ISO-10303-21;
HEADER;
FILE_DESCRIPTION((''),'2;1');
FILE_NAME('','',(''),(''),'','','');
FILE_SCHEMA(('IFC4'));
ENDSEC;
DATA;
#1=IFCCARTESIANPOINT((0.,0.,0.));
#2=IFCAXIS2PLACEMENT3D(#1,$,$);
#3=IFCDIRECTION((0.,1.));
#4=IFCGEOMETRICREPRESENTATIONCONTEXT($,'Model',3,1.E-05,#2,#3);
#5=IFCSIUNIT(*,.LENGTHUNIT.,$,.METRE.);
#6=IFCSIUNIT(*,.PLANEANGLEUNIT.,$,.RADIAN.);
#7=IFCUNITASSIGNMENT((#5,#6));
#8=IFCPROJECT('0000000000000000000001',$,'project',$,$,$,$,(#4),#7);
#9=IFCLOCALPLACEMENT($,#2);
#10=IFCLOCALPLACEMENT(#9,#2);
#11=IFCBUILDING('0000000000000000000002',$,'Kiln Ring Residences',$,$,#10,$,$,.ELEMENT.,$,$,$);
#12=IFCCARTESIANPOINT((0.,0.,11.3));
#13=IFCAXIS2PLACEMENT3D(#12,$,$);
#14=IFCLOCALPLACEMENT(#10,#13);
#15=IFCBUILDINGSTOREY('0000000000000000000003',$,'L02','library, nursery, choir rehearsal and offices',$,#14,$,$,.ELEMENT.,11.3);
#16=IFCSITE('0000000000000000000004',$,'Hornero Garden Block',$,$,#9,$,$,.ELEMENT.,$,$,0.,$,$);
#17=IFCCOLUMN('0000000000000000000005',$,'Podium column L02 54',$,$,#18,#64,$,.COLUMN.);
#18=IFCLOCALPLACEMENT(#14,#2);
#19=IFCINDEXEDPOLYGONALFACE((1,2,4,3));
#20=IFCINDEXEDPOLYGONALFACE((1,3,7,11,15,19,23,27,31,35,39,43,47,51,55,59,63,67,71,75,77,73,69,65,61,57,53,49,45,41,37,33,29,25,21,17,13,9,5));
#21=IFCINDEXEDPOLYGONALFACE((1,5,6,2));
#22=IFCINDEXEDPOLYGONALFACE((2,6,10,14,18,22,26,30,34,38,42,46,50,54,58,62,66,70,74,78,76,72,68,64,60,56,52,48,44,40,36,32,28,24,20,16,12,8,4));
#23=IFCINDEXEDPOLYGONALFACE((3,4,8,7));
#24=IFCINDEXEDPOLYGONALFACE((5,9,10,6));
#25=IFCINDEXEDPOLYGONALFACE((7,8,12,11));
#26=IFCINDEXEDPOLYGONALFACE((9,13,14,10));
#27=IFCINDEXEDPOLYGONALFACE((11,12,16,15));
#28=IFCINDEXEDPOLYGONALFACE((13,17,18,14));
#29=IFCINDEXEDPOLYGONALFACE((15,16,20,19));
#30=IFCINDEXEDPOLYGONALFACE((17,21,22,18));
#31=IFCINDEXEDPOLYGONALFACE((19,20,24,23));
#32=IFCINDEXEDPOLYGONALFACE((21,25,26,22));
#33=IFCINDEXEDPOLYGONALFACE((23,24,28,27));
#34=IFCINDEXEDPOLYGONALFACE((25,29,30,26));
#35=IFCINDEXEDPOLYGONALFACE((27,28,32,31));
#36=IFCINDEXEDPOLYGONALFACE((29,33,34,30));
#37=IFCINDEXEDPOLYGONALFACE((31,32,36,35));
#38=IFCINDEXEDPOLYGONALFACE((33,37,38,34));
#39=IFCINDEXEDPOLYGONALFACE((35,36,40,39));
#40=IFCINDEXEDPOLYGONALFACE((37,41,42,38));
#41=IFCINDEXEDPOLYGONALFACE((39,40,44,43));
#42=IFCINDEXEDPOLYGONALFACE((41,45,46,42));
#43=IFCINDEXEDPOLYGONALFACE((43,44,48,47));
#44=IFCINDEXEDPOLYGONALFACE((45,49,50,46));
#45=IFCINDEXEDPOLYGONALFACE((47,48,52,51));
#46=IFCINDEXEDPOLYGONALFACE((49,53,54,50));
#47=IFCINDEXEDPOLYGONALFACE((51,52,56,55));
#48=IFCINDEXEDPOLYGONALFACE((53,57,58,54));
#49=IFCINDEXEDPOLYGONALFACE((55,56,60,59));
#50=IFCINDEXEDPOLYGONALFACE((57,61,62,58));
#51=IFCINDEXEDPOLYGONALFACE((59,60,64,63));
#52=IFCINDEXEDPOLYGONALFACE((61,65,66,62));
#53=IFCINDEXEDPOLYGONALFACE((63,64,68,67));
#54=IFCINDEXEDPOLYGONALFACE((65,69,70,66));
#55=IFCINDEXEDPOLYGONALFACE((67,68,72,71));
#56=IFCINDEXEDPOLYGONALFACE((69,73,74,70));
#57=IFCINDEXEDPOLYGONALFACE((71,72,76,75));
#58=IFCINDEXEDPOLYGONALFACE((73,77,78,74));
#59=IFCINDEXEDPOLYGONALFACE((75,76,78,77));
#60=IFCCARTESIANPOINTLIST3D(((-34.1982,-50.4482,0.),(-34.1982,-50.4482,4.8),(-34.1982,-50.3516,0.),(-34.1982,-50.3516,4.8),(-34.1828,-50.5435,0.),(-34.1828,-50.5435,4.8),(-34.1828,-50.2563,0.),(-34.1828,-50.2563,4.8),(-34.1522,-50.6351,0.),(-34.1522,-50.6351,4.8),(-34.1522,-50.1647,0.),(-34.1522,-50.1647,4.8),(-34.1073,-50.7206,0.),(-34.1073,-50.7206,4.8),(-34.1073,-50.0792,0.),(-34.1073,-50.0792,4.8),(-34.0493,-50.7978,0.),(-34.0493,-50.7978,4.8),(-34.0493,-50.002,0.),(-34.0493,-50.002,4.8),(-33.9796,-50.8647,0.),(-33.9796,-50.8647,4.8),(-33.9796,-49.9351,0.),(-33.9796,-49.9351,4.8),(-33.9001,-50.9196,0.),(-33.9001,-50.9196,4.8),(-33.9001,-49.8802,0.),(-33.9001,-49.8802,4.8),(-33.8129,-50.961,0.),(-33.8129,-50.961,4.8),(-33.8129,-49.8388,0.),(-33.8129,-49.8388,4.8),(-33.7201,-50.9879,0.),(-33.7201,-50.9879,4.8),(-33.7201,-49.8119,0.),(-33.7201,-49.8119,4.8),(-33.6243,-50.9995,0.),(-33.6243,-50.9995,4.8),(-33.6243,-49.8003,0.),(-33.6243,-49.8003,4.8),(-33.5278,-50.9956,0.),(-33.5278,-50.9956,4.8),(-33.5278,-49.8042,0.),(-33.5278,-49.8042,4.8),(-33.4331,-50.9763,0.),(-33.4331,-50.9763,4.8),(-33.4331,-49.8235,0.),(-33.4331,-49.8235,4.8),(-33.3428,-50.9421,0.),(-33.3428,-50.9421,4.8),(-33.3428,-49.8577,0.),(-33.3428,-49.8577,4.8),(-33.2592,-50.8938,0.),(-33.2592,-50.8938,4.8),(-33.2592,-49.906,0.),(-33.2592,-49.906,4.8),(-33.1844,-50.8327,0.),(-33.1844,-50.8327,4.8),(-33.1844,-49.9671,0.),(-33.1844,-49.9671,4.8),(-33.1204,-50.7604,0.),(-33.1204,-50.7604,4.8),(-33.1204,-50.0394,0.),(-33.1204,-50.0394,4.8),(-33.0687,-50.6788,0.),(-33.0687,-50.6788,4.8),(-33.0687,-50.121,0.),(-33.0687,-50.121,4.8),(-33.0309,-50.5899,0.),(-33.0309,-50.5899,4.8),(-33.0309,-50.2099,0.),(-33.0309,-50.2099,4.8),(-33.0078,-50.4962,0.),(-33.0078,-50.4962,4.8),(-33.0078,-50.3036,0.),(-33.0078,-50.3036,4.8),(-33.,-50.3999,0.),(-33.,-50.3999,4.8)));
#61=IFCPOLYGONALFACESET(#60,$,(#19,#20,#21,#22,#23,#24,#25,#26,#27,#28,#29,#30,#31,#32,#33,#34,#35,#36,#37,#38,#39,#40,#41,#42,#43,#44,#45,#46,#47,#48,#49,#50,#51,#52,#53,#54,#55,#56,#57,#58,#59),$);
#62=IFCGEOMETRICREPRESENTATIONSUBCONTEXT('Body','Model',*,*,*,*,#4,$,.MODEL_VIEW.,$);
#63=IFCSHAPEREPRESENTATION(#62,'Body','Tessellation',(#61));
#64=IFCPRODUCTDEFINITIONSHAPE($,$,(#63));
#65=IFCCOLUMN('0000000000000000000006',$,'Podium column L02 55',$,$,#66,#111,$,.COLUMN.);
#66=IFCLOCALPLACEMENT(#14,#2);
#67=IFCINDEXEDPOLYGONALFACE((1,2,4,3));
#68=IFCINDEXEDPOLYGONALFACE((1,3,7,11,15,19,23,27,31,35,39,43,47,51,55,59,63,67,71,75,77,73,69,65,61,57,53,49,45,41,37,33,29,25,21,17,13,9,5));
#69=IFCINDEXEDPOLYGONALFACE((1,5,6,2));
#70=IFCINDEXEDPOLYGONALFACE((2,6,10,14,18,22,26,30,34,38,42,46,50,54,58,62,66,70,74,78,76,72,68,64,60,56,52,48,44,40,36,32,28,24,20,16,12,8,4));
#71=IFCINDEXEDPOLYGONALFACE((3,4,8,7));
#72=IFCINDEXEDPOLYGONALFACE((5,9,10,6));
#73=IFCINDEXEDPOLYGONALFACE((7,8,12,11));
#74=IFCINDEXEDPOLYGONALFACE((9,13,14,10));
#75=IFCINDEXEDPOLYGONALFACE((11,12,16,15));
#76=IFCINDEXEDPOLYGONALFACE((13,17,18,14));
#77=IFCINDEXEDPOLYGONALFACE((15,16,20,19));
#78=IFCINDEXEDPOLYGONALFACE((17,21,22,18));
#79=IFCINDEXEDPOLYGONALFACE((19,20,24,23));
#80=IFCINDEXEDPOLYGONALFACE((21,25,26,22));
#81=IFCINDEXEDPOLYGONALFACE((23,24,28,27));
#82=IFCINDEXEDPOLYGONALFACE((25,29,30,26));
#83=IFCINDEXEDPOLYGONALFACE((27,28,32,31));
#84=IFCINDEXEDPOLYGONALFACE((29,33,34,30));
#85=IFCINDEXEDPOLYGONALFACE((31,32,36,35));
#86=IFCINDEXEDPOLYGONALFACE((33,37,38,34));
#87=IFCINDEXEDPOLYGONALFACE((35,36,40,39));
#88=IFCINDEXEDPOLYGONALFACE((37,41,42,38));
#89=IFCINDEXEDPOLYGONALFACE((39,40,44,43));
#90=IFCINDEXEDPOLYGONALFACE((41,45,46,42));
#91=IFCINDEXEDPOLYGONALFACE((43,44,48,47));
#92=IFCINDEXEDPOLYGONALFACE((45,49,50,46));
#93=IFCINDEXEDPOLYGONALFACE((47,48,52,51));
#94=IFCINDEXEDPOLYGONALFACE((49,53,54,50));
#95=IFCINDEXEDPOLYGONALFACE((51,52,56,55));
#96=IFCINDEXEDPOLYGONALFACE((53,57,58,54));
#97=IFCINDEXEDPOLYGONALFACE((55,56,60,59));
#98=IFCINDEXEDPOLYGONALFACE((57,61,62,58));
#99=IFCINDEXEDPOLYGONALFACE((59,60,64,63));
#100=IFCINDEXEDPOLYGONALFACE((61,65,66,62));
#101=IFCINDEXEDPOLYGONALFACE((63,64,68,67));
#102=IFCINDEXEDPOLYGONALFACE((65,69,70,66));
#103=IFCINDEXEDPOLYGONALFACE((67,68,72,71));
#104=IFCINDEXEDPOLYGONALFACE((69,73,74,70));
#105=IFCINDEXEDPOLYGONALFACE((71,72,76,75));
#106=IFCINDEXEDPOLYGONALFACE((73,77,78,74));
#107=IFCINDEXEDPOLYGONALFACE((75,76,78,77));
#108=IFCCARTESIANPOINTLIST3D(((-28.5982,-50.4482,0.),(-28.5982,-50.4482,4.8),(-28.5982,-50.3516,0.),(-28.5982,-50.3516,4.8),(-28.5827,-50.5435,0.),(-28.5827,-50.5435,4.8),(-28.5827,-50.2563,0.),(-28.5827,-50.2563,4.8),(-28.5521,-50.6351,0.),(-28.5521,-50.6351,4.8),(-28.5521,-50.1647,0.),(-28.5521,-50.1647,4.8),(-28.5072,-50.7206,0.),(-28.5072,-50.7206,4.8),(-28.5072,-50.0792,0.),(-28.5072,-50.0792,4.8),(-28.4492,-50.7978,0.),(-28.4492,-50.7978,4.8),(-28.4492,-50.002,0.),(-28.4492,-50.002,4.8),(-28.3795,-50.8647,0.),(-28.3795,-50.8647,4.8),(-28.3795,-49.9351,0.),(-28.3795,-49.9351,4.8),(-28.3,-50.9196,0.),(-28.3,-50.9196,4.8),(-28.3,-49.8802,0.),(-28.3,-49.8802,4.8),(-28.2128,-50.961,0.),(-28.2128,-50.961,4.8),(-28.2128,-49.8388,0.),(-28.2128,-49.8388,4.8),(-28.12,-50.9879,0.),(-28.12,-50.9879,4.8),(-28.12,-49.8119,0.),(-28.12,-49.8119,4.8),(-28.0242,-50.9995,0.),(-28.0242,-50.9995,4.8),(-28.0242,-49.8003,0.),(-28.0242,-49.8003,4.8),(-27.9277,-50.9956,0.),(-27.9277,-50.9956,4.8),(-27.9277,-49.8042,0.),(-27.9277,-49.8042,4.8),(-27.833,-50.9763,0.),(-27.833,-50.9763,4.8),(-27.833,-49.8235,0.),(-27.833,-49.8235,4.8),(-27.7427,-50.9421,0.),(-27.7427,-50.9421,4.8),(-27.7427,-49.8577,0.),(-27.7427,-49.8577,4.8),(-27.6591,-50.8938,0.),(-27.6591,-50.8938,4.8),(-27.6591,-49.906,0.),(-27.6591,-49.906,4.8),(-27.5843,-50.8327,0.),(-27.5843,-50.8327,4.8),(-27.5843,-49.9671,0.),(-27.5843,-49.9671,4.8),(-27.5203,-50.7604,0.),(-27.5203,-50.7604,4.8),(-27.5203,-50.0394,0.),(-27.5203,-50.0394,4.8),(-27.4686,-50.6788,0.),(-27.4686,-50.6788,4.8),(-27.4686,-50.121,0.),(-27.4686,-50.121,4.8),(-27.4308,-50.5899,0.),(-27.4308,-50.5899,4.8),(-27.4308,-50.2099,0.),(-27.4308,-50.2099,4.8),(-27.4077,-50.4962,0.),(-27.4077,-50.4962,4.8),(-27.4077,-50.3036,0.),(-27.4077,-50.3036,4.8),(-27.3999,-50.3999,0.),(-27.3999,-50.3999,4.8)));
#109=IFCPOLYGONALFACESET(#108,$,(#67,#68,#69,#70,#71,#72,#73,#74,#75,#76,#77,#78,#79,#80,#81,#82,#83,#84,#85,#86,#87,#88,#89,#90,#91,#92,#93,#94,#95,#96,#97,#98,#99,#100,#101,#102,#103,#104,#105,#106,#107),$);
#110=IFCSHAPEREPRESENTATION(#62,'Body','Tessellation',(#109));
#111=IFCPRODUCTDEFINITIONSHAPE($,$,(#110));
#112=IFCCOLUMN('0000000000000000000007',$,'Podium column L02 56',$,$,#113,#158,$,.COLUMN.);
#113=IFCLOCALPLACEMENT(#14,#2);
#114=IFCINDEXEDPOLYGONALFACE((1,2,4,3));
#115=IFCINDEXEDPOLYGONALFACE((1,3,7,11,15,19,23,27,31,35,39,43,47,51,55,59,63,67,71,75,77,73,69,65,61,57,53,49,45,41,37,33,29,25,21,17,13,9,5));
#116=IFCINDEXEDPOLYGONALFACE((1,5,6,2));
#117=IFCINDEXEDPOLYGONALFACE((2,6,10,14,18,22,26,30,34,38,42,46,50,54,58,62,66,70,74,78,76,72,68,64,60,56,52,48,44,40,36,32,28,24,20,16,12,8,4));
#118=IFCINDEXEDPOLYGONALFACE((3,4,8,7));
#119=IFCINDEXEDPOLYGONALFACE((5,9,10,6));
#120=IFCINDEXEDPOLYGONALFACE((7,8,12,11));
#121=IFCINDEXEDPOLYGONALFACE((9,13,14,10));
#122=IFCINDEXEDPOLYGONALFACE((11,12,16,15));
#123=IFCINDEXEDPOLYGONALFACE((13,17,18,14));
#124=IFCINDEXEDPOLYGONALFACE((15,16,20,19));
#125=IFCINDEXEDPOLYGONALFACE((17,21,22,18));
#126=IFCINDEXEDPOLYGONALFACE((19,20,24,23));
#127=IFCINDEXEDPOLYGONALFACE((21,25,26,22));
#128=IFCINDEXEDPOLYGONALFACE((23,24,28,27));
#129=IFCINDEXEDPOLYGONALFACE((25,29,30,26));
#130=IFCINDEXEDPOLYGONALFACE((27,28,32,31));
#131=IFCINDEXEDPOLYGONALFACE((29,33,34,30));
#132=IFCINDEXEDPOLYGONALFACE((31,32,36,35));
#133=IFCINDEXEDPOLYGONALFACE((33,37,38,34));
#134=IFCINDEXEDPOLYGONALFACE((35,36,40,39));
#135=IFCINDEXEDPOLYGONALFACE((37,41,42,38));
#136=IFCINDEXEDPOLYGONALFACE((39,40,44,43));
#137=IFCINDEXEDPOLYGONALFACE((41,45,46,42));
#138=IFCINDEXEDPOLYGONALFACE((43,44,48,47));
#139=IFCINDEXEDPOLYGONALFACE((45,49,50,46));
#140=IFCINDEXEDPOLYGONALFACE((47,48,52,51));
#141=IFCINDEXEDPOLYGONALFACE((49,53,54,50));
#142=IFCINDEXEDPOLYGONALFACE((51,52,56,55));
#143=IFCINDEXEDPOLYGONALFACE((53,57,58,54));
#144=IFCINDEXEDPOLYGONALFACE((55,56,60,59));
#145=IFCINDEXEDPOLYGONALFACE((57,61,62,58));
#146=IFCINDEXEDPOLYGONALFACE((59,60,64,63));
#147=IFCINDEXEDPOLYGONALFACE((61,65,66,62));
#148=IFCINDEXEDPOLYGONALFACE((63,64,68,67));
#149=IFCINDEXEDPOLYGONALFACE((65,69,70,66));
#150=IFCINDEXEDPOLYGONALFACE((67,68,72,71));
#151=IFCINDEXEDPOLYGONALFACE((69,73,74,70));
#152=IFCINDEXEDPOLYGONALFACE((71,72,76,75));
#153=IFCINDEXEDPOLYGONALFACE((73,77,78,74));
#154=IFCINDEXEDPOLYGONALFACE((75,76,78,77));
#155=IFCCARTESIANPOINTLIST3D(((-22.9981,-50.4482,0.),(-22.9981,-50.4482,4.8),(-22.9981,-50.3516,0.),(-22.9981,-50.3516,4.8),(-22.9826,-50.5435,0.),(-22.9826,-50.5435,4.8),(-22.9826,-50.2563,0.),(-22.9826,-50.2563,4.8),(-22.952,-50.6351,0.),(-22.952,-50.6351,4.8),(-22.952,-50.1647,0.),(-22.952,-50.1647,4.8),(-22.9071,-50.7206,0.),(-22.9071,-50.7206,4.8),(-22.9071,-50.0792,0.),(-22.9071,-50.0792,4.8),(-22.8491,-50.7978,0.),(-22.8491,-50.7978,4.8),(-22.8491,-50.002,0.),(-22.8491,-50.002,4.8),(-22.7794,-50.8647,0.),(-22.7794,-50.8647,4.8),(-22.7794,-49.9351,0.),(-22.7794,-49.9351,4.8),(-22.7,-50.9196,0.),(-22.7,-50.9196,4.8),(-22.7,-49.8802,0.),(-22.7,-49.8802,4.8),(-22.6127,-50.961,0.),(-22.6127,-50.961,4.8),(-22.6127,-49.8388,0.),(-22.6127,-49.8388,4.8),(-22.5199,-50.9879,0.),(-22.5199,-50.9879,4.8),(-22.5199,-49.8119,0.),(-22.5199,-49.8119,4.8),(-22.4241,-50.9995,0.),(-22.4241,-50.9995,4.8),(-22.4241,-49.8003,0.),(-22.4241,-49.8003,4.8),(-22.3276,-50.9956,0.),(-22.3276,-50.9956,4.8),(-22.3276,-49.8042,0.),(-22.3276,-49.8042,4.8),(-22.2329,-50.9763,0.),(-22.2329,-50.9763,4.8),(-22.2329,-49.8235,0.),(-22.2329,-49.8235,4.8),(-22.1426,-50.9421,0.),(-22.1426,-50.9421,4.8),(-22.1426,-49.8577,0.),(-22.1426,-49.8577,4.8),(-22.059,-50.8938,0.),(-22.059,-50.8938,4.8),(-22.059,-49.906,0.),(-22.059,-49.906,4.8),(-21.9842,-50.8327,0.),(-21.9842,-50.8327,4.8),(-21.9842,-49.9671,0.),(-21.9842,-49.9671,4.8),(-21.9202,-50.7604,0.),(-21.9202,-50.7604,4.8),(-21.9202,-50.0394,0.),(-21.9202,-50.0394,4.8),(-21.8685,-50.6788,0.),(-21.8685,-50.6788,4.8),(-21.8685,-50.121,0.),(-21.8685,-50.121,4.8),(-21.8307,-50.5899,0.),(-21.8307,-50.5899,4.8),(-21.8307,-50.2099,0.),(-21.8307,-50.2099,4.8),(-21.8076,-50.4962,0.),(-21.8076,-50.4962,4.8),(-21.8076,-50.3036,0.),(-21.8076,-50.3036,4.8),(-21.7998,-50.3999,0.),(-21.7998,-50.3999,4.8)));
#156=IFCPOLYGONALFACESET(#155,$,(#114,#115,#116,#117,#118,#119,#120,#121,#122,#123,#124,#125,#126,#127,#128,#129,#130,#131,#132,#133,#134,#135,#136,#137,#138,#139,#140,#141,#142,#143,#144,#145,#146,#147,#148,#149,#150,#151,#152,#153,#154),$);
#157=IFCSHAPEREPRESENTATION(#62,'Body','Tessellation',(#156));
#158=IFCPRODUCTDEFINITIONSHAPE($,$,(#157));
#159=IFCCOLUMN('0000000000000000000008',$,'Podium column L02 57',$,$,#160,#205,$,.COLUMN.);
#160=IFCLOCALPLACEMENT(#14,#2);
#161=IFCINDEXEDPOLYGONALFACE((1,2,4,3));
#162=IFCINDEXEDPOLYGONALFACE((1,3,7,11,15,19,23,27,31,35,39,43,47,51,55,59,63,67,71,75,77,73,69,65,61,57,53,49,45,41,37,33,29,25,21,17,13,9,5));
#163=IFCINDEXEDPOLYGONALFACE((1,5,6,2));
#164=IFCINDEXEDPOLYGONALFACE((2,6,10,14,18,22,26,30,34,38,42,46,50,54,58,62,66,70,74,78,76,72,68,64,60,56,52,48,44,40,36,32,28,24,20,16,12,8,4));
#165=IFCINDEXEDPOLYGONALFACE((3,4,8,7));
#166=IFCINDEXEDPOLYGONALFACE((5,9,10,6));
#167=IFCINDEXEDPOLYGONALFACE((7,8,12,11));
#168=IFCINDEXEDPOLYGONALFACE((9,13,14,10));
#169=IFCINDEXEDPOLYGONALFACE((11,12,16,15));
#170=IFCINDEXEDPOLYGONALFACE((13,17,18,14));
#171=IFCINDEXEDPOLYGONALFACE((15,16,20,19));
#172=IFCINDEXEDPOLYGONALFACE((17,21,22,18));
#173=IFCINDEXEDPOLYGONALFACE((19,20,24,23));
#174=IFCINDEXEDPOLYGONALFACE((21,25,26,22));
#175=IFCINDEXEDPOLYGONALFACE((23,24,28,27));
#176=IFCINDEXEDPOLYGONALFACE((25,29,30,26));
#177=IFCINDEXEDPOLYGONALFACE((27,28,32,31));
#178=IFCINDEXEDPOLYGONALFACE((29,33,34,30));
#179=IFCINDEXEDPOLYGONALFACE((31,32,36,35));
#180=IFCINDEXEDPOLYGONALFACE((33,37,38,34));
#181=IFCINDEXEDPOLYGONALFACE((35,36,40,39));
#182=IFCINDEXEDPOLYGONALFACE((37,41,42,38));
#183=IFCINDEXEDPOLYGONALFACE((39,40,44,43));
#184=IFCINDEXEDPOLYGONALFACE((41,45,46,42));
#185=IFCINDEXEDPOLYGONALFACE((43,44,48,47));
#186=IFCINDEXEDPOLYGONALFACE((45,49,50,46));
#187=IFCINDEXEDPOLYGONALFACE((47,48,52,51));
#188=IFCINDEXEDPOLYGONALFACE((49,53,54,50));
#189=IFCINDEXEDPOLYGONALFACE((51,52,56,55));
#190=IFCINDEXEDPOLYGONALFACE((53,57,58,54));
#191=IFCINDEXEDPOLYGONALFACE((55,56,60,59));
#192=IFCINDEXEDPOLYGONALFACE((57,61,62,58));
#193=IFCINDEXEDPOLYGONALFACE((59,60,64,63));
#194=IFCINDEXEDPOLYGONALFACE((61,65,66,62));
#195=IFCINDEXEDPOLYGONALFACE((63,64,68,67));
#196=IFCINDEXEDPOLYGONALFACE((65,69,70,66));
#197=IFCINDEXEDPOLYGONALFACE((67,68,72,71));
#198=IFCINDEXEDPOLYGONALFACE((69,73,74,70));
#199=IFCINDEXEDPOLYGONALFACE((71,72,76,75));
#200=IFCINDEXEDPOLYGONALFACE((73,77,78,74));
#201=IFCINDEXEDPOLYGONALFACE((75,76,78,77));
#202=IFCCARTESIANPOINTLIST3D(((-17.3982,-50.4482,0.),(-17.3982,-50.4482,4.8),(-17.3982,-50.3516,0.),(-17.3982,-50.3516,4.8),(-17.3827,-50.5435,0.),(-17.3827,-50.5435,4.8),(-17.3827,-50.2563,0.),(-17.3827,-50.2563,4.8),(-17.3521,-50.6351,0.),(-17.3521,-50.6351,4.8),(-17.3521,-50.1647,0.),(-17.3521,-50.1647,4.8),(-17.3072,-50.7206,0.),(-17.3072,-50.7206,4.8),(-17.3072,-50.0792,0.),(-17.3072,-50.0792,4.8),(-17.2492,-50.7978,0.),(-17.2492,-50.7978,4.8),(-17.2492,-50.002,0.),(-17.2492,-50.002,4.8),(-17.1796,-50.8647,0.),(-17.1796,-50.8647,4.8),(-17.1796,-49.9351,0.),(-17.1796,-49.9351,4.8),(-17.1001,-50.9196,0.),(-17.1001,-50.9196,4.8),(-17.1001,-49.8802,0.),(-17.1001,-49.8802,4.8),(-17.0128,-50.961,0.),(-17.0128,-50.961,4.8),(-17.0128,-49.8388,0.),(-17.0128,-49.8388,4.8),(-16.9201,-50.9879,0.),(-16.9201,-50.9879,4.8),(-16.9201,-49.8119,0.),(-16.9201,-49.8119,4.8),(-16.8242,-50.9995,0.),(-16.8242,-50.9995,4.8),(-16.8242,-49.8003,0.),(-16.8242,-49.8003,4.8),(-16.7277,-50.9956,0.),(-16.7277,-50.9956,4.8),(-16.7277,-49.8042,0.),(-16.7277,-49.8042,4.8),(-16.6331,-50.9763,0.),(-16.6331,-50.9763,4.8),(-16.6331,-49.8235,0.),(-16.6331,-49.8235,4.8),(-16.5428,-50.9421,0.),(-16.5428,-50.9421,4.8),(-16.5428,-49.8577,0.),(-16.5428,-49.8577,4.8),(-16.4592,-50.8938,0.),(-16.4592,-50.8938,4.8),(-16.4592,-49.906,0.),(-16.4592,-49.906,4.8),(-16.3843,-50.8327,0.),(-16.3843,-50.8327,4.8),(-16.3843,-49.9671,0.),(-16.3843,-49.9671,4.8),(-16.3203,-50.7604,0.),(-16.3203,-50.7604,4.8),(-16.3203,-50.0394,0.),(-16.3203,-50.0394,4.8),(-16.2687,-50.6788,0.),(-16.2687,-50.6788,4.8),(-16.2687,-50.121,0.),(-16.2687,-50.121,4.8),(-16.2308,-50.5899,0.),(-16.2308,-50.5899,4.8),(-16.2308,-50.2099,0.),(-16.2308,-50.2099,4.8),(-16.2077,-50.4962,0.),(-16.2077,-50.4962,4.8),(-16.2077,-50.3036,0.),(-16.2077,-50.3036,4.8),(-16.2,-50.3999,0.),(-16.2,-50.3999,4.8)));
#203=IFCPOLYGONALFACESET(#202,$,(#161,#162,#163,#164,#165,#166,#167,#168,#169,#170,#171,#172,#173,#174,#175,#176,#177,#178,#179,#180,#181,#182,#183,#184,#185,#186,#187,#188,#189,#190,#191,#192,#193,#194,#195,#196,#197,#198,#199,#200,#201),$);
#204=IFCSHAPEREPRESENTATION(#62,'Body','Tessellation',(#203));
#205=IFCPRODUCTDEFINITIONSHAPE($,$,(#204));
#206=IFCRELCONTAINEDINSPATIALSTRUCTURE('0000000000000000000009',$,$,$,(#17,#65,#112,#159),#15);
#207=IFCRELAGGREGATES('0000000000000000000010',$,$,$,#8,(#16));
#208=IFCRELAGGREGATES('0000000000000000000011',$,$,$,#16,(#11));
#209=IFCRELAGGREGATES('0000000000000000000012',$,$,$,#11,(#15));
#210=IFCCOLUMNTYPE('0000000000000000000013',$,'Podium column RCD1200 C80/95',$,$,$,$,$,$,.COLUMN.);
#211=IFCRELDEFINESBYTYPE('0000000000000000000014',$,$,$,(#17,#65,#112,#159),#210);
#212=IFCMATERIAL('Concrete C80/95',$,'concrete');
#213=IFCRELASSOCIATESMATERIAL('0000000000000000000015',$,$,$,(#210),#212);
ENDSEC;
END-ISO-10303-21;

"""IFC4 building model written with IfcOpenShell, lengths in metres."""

from ifc_helpers import new_model, si_unit, direction, frame, origin, origin_2d, place, context, subcontext, project, spatial, circle, extrude, material, material_profile, profile_set, type_object, element, save


model = new_model("IFC4")

# Units and contexts
model_context = context("Model", 3, precision=1e-05, world=origin(), true_north=direction((0.0, 1.0)))
body_context = subcontext(model_context, "Body", "Model", "MODEL_VIEW")
ifc_project = project(units=[si_unit("LENGTHUNIT", "METRE"), si_unit("PLANEANGLEUNIT", "RADIAN")], contexts=[model_context])

# Site, building, storey
site_placement = place(None, origin())
site = spatial("IfcSite", under=ifc_project, at=site_placement, Name="Hornero Garden Block", CompositionType="ELEMENT", RefElevation=0.0)
building_placement = place(site_placement, origin())
building = spatial("IfcBuilding", under=site, at=building_placement, Name="Kiln Ring Residences", CompositionType="ELEMENT")
storey_placement = place(building_placement, frame((0.0, 0.0, 11.3)))
storey = spatial("IfcBuildingStorey", under=building, at=storey_placement, Name="L02", Description="library, nursery, choir rehearsal and offices", CompositionType="ELEMENT", Elevation=11.3)

# Columns
ifc_material_1 = material(Name="Concrete C80/95", Category="concrete")
ifc_material_profile_1 = material_profile(ifc_material_1, circle(Radius=0.6001, at=origin_2d()), Name="RCD1200")
ifc_profile_set_1 = profile_set([ifc_material_profile_1], Name="Concrete C80/95")
column_type = type_object("IfcColumnType", Name="Podium column RCD1200 C80/95", PredefinedType="COLUMN", material=ifc_profile_set_1)
for number, where, z_axis, x_axis, name in (
    (1, (-33.6001, -50.3999, 0.0), (0.0, 0.0, 1.0), (1.0, 0.0, 0.0), "Podium column L02 54"),
    (2, (-28.0, -50.3999, 0.0), (0.0, 0.0, 1.0), (1.0, 0.0, 0.0), "Podium column L02 55"),
    (3, (-22.3999, -50.3999, 0.0), (0.0, 0.0, 1.0), (1.0, 0.0, 0.0), "Podium column L02 56"),
    (4, (-16.8, -50.3999, 0.0), (0.0, 0.0, 1.0), (1.0, 0.0, 0.0), "Podium column L02 57"),
):
    element("IfcColumn", number, at=place(storey_placement, frame(where, z_axis=z_axis, x_axis=x_axis)), inside=storey, type_object=column_type, Name=name, PredefinedType="COLUMN", context=body_context, shape_type="SweptSolid", body=[
        extrude(circle(Radius=0.6001, at=origin_2d()), origin(), (0.0, 0.0, 1.0), 4.8),
    ])

save(model, "model.ifc")
